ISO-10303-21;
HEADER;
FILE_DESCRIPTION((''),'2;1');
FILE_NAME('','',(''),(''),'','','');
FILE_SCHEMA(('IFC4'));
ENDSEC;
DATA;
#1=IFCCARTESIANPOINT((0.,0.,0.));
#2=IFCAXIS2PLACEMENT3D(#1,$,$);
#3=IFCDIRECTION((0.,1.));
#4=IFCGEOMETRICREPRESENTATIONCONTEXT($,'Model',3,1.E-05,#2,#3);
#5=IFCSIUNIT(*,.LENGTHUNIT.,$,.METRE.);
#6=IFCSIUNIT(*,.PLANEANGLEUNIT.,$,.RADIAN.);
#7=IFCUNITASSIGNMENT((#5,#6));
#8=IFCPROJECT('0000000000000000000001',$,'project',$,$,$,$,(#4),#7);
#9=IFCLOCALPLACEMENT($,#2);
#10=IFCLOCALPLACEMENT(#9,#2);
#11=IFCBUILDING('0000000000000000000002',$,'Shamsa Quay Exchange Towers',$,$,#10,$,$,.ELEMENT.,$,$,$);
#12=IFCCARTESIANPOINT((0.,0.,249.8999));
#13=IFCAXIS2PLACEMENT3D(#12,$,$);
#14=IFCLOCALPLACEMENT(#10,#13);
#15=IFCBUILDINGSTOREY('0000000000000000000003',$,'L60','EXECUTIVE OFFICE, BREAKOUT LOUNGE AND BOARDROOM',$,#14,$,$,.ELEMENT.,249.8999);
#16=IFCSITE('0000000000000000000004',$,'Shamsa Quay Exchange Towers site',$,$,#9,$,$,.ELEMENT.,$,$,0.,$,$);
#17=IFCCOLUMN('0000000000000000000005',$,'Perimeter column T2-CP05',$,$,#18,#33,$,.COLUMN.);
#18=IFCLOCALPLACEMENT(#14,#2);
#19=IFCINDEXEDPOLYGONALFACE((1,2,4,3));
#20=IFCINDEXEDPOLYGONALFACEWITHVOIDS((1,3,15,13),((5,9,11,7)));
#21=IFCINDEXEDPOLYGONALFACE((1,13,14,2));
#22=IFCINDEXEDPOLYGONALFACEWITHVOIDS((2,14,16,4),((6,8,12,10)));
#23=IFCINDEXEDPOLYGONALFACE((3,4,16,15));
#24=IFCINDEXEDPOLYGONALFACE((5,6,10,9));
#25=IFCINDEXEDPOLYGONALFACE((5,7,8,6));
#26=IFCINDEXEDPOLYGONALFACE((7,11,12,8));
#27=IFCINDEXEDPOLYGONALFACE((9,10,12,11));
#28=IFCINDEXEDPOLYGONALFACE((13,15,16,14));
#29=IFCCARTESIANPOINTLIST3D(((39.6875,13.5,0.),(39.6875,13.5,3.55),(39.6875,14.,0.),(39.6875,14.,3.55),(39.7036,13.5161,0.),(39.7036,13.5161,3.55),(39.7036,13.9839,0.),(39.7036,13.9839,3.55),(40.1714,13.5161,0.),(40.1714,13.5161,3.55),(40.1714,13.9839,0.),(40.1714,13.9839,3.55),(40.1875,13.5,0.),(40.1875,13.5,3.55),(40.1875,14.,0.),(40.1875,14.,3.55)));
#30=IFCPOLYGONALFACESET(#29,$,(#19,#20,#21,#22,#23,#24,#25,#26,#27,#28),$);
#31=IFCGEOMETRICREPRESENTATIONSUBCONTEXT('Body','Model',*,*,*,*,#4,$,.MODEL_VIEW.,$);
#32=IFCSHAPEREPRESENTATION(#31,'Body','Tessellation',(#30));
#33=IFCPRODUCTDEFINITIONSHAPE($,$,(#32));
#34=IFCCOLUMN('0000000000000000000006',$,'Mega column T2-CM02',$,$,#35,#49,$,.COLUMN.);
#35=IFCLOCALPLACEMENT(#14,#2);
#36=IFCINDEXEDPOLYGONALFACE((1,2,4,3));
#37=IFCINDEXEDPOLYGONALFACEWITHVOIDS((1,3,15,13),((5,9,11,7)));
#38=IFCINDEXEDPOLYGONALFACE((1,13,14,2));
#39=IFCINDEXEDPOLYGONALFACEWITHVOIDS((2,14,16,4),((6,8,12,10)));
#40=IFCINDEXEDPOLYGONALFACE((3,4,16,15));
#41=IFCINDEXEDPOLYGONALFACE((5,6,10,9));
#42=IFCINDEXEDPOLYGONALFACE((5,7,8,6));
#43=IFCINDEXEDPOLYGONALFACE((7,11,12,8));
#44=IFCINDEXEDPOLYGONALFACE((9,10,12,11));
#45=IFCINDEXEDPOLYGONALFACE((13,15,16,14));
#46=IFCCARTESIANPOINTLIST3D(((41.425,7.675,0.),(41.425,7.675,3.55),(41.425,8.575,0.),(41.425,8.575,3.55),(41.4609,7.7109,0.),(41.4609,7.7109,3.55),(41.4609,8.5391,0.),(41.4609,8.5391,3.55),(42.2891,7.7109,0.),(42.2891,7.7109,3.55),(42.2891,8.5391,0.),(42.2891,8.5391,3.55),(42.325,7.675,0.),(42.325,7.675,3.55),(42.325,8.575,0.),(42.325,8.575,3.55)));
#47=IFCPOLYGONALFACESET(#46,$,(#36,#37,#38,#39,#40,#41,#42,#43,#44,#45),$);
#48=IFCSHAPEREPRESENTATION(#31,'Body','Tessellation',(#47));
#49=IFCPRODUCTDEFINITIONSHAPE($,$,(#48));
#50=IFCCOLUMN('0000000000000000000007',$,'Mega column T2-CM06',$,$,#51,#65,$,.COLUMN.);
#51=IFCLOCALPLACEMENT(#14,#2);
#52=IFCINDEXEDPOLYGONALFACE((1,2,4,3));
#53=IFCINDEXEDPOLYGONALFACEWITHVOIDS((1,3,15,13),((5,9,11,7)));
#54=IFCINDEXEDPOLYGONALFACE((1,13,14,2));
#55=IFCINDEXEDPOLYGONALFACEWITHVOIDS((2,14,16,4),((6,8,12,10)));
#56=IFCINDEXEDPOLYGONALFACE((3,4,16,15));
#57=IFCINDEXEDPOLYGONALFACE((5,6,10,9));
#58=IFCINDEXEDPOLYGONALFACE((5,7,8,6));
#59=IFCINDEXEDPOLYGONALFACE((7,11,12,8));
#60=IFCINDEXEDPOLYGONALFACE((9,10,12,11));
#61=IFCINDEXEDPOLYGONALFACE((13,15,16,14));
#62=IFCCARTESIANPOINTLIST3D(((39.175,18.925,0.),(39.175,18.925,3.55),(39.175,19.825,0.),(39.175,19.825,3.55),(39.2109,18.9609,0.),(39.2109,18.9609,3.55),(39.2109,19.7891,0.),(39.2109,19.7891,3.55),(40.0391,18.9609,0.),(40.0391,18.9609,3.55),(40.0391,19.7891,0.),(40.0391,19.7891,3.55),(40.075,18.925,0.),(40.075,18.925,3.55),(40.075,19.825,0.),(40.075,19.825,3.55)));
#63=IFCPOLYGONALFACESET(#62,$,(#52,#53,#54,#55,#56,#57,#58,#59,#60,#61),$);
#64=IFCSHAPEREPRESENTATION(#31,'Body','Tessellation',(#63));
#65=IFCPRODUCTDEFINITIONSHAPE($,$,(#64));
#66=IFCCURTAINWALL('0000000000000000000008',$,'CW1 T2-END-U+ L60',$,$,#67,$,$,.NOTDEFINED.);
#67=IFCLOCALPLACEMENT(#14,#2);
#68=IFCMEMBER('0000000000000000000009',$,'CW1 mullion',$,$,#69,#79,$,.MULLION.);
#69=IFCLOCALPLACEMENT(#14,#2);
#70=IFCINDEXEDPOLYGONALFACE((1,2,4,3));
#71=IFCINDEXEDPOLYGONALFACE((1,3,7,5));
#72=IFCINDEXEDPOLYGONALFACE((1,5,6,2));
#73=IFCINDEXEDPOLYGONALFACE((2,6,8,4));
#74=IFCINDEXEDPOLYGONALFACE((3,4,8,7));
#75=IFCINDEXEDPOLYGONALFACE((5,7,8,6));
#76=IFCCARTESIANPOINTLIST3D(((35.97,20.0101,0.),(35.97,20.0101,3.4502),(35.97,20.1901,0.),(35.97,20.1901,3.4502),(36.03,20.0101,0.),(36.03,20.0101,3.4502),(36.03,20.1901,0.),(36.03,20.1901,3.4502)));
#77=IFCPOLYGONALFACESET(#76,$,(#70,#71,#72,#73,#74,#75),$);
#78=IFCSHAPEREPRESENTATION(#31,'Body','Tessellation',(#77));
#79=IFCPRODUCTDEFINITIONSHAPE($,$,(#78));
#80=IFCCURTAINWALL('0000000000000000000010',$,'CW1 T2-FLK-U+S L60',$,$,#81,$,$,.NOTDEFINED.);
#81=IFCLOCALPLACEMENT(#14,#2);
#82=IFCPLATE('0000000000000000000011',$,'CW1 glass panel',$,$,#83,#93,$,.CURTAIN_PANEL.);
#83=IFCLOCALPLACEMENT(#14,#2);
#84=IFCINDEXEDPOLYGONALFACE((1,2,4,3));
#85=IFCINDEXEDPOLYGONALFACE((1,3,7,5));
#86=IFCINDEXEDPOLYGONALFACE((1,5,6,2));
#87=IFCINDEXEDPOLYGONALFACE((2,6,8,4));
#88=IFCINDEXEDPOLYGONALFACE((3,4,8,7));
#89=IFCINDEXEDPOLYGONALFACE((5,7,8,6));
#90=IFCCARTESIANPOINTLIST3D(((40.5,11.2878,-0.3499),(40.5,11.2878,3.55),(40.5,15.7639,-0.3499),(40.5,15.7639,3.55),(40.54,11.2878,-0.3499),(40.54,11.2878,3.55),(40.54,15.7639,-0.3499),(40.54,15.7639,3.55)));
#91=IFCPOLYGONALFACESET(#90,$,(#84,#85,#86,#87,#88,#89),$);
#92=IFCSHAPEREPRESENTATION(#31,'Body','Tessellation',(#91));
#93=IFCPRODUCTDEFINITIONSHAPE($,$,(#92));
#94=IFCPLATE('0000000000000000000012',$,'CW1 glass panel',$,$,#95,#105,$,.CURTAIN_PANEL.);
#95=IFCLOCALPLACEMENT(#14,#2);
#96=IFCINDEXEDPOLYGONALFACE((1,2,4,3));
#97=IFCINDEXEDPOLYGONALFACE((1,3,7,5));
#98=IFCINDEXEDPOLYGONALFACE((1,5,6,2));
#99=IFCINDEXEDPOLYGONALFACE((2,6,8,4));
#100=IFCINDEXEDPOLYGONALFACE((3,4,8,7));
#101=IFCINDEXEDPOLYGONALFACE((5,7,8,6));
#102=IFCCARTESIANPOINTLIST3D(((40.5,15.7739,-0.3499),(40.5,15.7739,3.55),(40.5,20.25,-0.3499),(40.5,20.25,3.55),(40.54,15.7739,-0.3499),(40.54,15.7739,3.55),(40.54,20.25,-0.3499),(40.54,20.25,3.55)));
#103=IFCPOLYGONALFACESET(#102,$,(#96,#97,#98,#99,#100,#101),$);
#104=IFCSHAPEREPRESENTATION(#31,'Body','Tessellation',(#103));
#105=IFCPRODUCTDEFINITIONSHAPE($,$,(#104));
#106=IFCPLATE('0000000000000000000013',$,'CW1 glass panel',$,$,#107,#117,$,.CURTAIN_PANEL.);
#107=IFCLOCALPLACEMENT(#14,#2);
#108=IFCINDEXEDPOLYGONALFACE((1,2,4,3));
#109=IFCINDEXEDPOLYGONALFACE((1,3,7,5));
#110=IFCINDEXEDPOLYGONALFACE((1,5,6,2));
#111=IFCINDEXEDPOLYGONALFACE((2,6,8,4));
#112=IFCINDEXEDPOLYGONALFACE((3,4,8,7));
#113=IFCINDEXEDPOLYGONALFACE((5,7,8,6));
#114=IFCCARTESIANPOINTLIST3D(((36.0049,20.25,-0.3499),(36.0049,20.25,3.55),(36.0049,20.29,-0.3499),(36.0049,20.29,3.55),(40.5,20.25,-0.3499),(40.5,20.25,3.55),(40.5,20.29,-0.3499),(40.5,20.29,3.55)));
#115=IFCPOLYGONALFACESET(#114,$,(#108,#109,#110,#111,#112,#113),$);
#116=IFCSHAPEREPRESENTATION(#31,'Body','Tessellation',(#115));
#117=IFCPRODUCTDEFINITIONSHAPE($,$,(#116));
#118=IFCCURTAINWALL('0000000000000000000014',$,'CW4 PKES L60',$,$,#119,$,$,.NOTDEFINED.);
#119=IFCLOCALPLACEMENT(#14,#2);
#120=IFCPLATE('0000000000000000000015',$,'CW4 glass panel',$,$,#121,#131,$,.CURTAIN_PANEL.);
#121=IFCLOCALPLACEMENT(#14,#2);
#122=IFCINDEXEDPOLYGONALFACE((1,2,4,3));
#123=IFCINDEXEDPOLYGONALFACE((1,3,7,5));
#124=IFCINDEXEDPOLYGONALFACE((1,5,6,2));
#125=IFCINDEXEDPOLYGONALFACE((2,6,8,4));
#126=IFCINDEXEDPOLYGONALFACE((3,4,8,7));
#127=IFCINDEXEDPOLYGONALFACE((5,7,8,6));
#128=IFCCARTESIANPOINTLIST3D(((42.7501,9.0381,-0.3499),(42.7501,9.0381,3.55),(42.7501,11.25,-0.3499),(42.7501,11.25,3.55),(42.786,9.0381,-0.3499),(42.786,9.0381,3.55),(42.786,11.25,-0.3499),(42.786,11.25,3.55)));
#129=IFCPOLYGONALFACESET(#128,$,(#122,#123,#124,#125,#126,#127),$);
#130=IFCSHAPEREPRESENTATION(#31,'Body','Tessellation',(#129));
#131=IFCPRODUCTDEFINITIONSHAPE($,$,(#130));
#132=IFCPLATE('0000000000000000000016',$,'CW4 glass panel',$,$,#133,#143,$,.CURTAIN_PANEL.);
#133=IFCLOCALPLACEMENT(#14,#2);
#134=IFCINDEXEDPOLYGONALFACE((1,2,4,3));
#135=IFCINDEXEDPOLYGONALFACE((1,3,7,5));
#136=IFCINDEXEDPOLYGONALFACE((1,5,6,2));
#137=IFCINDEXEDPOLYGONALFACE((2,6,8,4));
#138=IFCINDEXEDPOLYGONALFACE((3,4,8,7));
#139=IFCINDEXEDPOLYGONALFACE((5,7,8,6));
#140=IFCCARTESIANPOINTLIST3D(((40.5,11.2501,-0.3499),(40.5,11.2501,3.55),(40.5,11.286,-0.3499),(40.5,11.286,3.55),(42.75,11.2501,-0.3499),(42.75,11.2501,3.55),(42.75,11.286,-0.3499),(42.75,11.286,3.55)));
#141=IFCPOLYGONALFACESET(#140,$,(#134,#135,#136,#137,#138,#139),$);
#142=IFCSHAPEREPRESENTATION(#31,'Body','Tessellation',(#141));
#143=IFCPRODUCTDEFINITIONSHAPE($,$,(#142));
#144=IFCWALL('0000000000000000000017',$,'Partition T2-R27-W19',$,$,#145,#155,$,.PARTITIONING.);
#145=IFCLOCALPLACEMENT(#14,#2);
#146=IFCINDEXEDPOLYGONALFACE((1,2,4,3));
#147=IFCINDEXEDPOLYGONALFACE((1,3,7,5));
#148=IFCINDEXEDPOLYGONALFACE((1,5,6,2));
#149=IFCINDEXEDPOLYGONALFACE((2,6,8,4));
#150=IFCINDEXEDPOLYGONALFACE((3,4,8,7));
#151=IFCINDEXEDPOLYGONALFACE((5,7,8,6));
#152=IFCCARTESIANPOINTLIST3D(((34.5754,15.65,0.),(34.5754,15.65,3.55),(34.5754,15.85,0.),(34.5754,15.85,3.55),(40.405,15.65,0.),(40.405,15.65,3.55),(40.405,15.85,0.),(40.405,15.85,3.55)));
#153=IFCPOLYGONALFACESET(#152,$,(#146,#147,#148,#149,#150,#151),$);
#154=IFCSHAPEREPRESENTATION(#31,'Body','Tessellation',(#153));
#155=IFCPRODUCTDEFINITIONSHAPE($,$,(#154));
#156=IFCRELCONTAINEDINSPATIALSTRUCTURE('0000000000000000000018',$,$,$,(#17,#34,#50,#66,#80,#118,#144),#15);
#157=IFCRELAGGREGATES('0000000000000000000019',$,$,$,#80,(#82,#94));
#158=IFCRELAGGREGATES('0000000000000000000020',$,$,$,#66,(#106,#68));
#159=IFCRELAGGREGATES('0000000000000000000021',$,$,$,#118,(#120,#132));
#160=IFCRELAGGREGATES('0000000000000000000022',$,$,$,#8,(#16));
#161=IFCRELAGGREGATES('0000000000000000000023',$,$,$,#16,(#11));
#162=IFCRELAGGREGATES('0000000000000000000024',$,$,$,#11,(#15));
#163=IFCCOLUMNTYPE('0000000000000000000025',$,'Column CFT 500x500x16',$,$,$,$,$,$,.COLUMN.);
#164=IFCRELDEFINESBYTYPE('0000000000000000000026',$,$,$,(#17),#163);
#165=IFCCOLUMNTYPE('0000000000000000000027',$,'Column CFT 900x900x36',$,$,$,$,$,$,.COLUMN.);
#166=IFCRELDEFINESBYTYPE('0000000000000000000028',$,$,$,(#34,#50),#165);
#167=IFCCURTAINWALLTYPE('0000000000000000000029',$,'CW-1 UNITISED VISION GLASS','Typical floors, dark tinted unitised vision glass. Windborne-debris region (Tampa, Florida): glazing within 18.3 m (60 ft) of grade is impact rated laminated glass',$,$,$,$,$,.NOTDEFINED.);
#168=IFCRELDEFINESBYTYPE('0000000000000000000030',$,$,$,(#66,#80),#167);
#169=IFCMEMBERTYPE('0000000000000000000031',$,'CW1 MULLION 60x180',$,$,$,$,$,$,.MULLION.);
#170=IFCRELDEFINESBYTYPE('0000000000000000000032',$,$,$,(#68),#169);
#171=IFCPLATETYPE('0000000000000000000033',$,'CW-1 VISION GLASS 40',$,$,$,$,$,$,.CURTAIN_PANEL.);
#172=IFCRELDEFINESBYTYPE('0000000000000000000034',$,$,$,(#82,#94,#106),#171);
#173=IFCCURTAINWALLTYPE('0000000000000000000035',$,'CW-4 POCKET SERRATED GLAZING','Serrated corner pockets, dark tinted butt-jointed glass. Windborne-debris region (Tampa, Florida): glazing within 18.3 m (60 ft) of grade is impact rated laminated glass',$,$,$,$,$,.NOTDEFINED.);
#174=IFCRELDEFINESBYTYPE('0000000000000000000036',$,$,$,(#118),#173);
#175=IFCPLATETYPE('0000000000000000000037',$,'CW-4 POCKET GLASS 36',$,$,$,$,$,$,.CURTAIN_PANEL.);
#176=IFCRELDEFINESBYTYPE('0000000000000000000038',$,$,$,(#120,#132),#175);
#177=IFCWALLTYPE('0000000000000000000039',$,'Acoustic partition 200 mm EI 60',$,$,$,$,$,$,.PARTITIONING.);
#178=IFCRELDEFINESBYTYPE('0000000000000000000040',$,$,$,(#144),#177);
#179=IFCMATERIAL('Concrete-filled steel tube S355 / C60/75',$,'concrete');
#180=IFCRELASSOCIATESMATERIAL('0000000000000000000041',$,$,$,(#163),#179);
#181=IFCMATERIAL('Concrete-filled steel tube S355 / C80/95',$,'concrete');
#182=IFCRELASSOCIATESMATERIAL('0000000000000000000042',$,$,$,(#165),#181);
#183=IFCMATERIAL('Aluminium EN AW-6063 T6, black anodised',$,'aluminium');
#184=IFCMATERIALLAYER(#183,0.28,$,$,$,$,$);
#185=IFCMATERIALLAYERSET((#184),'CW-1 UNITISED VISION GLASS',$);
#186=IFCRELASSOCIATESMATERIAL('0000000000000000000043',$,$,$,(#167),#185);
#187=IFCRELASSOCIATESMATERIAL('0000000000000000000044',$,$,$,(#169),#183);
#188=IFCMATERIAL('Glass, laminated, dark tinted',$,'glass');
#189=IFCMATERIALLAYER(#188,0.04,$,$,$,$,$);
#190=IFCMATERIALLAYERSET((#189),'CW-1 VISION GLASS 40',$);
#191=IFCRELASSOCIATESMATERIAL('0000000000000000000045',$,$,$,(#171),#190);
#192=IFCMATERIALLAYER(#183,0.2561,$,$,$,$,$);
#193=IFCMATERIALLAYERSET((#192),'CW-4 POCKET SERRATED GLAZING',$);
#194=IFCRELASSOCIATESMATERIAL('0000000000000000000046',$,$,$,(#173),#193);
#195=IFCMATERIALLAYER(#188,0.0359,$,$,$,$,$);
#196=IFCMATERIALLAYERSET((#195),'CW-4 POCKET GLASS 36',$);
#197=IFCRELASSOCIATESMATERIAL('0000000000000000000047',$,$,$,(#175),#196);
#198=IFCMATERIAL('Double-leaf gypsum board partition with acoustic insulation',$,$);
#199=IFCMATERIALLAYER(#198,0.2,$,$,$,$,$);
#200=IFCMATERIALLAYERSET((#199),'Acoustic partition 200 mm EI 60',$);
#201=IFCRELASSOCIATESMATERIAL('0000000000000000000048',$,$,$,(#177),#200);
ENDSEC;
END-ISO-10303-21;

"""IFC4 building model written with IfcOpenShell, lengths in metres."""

from ifc_helpers import new_model, si_unit, direction, frame, frame_2d, origin, origin_2d, place, context, subcontext, project, spatial, rectangle, hollow_rectangle, extrude, material, layer, layer_set, material_profile, profile_set, type_object, element, aggregate, save


model = new_model("IFC4")

# Units and contexts
model_context = context("Model", 3, precision=1e-05, world=origin(), true_north=direction((0.0, 1.0)))
body_context = subcontext(model_context, "Body", "Model", "MODEL_VIEW")
ifc_project = project(units=[si_unit("LENGTHUNIT", "METRE"), si_unit("PLANEANGLEUNIT", "RADIAN")], contexts=[model_context])

# Site, building, storey
site_placement = place(None, origin())
site = spatial("IfcSite", under=ifc_project, at=site_placement, Name="Shamsa Quay Exchange Towers site", CompositionType="ELEMENT", RefElevation=0.0)
building_placement = place(site_placement, origin())
building = spatial("IfcBuilding", under=site, at=building_placement, Name="Shamsa Quay Exchange Towers", CompositionType="ELEMENT")
storey_placement = place(building_placement, frame((0.0, 0.0, 249.8999)))
storey = spatial("IfcBuildingStorey", under=building, at=storey_placement, Name="L60", Description="EXECUTIVE OFFICE, BREAKOUT LOUNGE AND BOARDROOM", CompositionType="ELEMENT", Elevation=249.8999)

# Columns
ifc_material_1 = material(Name="Concrete-filled steel tube S355 / C60/75", Category="concrete")
ifc_material_profile_1 = material_profile(ifc_material_1, hollow_rectangle(XDim=0.5, YDim=0.5, WallThickness=0.0161, at=origin_2d()), Name="CFT 500x500x16")
ifc_profile_set_1 = profile_set([ifc_material_profile_1], Name="Concrete-filled steel tube S355 / C60/75")
column_type_1 = type_object("IfcColumnType", Name="Column CFT 500x500x16", PredefinedType="COLUMN", material=ifc_profile_set_1)
column_placement = place(storey_placement, frame((39.9375, 13.75, 0.0)))
element("IfcColumn", 1, at=column_placement, inside=storey, type_object=column_type_1, Name="Perimeter column T2-CP05", PredefinedType="COLUMN", context=body_context, shape_type="SweptSolid", body=[
    extrude(hollow_rectangle(XDim=0.5, YDim=0.5, WallThickness=0.0161, at=origin_2d()), origin(), (0.0, 0.0, 1.0), 3.55),
])
ifc_material_2 = material(Name="Concrete-filled steel tube S355 / C80/95", Category="concrete")
ifc_material_profile_2 = material_profile(ifc_material_2, hollow_rectangle(XDim=0.8999, YDim=0.8999, WallThickness=0.0359, at=origin_2d()), Name="CFT 900x900x36")
ifc_profile_set_2 = profile_set([ifc_material_profile_2], Name="Concrete-filled steel tube S355 / C80/95")
column_type_2 = type_object("IfcColumnType", Name="Column CFT 900x900x36", PredefinedType="COLUMN", material=ifc_profile_set_2)
for number, where, name in (
    (2, (41.875, 8.125, 0.0), "Mega column T2-CM02"),
    (3, (39.625, 19.375, 0.0), "Mega column T2-CM06"),
):
    element("IfcColumn", number, at=place(storey_placement, frame(where)), inside=storey, type_object=column_type_2, Name=name, PredefinedType="COLUMN", context=body_context, shape_type="SweptSolid", body=[
        extrude(hollow_rectangle(XDim=0.8999, YDim=0.8999, WallThickness=0.0359, at=origin_2d()), origin(), (0.0, 0.0, 1.0), 3.55),
    ])

# Curtain wall, member
ifc_material_3 = material(Name="Aluminium EN AW-6063 T6, black anodised", Category="aluminium")
ifc_layer_1 = layer(ifc_material_3, 0.28)
ifc_layer_set_1 = layer_set([ifc_layer_1], Name="CW-1 UNITISED VISION GLASS")
curtain_wall_type_1 = type_object("IfcCurtainWallType", Name="CW-1 UNITISED VISION GLASS", Description="Typical floors, dark tinted unitised vision glass. Windborne-debris region (Tampa, Florida): glazing within 18.3 m (60 ft) of grade is impact rated laminated glass", PredefinedType="NOTDEFINED", material=ifc_layer_set_1)
curtain_wall_1_placement = place(storey_placement, origin())
curtain_wall_1 = element("IfcCurtainWall", 4, at=curtain_wall_1_placement, inside=storey, type_object=curtain_wall_type_1, Name="CW1 T2-END-U+ L60", PredefinedType="NOTDEFINED")
ifc_material_profile_3 = material_profile(ifc_material_3, rectangle(XDim=0.1799, YDim=0.0601, at=origin_2d()), Name="MU60x180")
ifc_profile_set_3 = profile_set([ifc_material_profile_3], Name="Aluminium EN AW-6063 T6, black anodised")
member_type = type_object("IfcMemberType", Name="CW1 MULLION 60x180", PredefinedType="MULLION", material=ifc_profile_set_3)
member_placement = place(storey_placement, frame((36.0, 20.1001, 0.0), z_axis=(0.0, 0.0, 1.0), x_axis=(0.0, -1.0, 0.0)))
member = element("IfcMember", 5, at=member_placement, type_object=member_type, Name="CW1 mullion", PredefinedType="MULLION", context=body_context, shape_type="SweptSolid", body=[
    extrude(rectangle(XDim=0.1799, YDim=0.0601, at=origin_2d()), origin(), (0.0, 0.0, 1.0), 3.4502),
])

# Curtain wall, plates
curtain_wall_2_placement = place(storey_placement, origin())
curtain_wall_2 = element("IfcCurtainWall", 6, at=curtain_wall_2_placement, inside=storey, type_object=curtain_wall_type_1, Name="CW1 T2-FLK-U+S L60", PredefinedType="NOTDEFINED")
ifc_material_4 = material(Name="Glass, laminated, dark tinted", Category="glass")
ifc_layer_2 = layer(ifc_material_4, 0.04)
ifc_layer_set_2 = layer_set([ifc_layer_2], Name="CW-1 VISION GLASS 40")
plate_type_1 = type_object("IfcPlateType", Name="CW-1 VISION GLASS 40", PredefinedType="CURTAIN_PANEL", material=ifc_layer_set_2)
plate_1_placement = place(storey_placement, frame((40.52, 13.5259, -0.3499), z_axis=(0.0, 0.0, 1.0), x_axis=(0.0, 1.0, 0.0)))
plate_1 = element("IfcPlate", 7, at=plate_1_placement, type_object=plate_type_1, Name="CW1 glass panel", PredefinedType="CURTAIN_PANEL", context=body_context, shape_type="SweptSolid", body=[
    extrude(rectangle(XDim=4.4761, YDim=0.04, at=origin_2d()), origin(), (0.0, 0.0, 1.0), 3.8999),
])
plate_2_placement = place(storey_placement, frame((40.52, 18.012, -0.3499), z_axis=(0.0, 0.0, 1.0), x_axis=(0.0, 1.0, 0.0)))
plate_2 = element("IfcPlate", 8, at=plate_2_placement, type_object=plate_type_1, Name="CW1 glass panel", PredefinedType="CURTAIN_PANEL", context=body_context, shape_type="SweptSolid", body=[
    extrude(rectangle(XDim=4.4761, YDim=0.04, at=origin_2d()), origin(), (0.0, 0.0, 1.0), 3.8999),
])
aggregate(curtain_wall_2, [plate_1, plate_2])

# Plate
plate_3_placement = place(storey_placement, frame((38.2524, 20.27, -0.3499), z_axis=(0.0, 0.0, 1.0), x_axis=(-1.0, 0.0, 0.0)))
plate_3 = element("IfcPlate", 9, at=plate_3_placement, type_object=plate_type_1, Name="CW1 glass panel", PredefinedType="CURTAIN_PANEL", context=body_context, shape_type="SweptSolid", body=[
    extrude(rectangle(XDim=4.4951, YDim=0.04, at=origin_2d()), origin(), (0.0, 0.0, 1.0), 3.8999),
])
aggregate(curtain_wall_1, [plate_3, member])

# Curtain wall, plates
ifc_layer_3 = layer(ifc_material_3, 0.2561)
ifc_layer_set_3 = layer_set([ifc_layer_3], Name="CW-4 POCKET SERRATED GLAZING")
curtain_wall_type_2 = type_object("IfcCurtainWallType", Name="CW-4 POCKET SERRATED GLAZING", Description="Serrated corner pockets, dark tinted butt-jointed glass. Windborne-debris region (Tampa, Florida): glazing within 18.3 m (60 ft) of grade is impact rated laminated glass", PredefinedType="NOTDEFINED", material=ifc_layer_set_3)
curtain_wall_3_placement = place(storey_placement, origin())
curtain_wall_3 = element("IfcCurtainWall", 10, at=curtain_wall_3_placement, inside=storey, type_object=curtain_wall_type_2, Name="CW4 PKES L60", PredefinedType="NOTDEFINED")
ifc_layer_4 = layer(ifc_material_4, 0.0359)
ifc_layer_set_4 = layer_set([ifc_layer_4], Name="CW-4 POCKET GLASS 36")
plate_type_2 = type_object("IfcPlateType", Name="CW-4 POCKET GLASS 36", PredefinedType="CURTAIN_PANEL", material=ifc_layer_set_4)
plate_4_placement = place(storey_placement, frame((42.7681, 10.144, -0.3499), z_axis=(0.0, 0.0, 1.0), x_axis=(0.0, 1.0, 0.0)))
plate_4 = element("IfcPlate", 11, at=plate_4_placement, type_object=plate_type_2, Name="CW4 glass panel", PredefinedType="CURTAIN_PANEL", context=body_context, shape_type="SweptSolid", body=[
    extrude(rectangle(XDim=2.2119, YDim=0.0359, at=origin_2d()), origin(), (0.0, 0.0, 1.0), 3.8999),
])
plate_5_placement = place(storey_placement, frame((41.625, 11.2681, -0.3499), z_axis=(0.0, 0.0, 1.0), x_axis=(-1.0, 0.0, 0.0)))
plate_5 = element("IfcPlate", 12, at=plate_5_placement, type_object=plate_type_2, Name="CW4 glass panel", PredefinedType="CURTAIN_PANEL", context=body_context, shape_type="SweptSolid", body=[
    extrude(rectangle(XDim=2.25, YDim=0.0359, at=origin_2d()), origin(), (0.0, 0.0, 1.0), 3.8999),
])
aggregate(curtain_wall_3, [plate_4, plate_5])

# Wall
ifc_material_5 = material(Name="Double-leaf gypsum board partition with acoustic insulation")
ifc_layer_5 = layer(ifc_material_5, 0.2)
ifc_layer_set_5 = layer_set([ifc_layer_5], Name="Acoustic partition 200 mm EI 60")
wall_type_1 = type_object("IfcWallType", Name="Acoustic partition 200 mm EI 60", PredefinedType="PARTITIONING", material=ifc_layer_set_5)
wall_1_placement = place(storey_placement, frame((40.405, 15.75, 0.0), z_axis=(0.0, 0.0, 1.0), x_axis=(-1.0, 0.0, 0.0)))
element("IfcWall", 13, at=wall_1_placement, inside=storey, type_object=wall_type_1, Name="Partition T2-R27-W19", PredefinedType="PARTITIONING", context=body_context, shape_type="SweptSolid", body=[
    extrude(rectangle(XDim=5.8296, YDim=0.2, at=frame_2d((2.9148, 0.0))), origin(), (0.0, 0.0, 1.0), 3.55),
])

save(model, "model.ifc")
